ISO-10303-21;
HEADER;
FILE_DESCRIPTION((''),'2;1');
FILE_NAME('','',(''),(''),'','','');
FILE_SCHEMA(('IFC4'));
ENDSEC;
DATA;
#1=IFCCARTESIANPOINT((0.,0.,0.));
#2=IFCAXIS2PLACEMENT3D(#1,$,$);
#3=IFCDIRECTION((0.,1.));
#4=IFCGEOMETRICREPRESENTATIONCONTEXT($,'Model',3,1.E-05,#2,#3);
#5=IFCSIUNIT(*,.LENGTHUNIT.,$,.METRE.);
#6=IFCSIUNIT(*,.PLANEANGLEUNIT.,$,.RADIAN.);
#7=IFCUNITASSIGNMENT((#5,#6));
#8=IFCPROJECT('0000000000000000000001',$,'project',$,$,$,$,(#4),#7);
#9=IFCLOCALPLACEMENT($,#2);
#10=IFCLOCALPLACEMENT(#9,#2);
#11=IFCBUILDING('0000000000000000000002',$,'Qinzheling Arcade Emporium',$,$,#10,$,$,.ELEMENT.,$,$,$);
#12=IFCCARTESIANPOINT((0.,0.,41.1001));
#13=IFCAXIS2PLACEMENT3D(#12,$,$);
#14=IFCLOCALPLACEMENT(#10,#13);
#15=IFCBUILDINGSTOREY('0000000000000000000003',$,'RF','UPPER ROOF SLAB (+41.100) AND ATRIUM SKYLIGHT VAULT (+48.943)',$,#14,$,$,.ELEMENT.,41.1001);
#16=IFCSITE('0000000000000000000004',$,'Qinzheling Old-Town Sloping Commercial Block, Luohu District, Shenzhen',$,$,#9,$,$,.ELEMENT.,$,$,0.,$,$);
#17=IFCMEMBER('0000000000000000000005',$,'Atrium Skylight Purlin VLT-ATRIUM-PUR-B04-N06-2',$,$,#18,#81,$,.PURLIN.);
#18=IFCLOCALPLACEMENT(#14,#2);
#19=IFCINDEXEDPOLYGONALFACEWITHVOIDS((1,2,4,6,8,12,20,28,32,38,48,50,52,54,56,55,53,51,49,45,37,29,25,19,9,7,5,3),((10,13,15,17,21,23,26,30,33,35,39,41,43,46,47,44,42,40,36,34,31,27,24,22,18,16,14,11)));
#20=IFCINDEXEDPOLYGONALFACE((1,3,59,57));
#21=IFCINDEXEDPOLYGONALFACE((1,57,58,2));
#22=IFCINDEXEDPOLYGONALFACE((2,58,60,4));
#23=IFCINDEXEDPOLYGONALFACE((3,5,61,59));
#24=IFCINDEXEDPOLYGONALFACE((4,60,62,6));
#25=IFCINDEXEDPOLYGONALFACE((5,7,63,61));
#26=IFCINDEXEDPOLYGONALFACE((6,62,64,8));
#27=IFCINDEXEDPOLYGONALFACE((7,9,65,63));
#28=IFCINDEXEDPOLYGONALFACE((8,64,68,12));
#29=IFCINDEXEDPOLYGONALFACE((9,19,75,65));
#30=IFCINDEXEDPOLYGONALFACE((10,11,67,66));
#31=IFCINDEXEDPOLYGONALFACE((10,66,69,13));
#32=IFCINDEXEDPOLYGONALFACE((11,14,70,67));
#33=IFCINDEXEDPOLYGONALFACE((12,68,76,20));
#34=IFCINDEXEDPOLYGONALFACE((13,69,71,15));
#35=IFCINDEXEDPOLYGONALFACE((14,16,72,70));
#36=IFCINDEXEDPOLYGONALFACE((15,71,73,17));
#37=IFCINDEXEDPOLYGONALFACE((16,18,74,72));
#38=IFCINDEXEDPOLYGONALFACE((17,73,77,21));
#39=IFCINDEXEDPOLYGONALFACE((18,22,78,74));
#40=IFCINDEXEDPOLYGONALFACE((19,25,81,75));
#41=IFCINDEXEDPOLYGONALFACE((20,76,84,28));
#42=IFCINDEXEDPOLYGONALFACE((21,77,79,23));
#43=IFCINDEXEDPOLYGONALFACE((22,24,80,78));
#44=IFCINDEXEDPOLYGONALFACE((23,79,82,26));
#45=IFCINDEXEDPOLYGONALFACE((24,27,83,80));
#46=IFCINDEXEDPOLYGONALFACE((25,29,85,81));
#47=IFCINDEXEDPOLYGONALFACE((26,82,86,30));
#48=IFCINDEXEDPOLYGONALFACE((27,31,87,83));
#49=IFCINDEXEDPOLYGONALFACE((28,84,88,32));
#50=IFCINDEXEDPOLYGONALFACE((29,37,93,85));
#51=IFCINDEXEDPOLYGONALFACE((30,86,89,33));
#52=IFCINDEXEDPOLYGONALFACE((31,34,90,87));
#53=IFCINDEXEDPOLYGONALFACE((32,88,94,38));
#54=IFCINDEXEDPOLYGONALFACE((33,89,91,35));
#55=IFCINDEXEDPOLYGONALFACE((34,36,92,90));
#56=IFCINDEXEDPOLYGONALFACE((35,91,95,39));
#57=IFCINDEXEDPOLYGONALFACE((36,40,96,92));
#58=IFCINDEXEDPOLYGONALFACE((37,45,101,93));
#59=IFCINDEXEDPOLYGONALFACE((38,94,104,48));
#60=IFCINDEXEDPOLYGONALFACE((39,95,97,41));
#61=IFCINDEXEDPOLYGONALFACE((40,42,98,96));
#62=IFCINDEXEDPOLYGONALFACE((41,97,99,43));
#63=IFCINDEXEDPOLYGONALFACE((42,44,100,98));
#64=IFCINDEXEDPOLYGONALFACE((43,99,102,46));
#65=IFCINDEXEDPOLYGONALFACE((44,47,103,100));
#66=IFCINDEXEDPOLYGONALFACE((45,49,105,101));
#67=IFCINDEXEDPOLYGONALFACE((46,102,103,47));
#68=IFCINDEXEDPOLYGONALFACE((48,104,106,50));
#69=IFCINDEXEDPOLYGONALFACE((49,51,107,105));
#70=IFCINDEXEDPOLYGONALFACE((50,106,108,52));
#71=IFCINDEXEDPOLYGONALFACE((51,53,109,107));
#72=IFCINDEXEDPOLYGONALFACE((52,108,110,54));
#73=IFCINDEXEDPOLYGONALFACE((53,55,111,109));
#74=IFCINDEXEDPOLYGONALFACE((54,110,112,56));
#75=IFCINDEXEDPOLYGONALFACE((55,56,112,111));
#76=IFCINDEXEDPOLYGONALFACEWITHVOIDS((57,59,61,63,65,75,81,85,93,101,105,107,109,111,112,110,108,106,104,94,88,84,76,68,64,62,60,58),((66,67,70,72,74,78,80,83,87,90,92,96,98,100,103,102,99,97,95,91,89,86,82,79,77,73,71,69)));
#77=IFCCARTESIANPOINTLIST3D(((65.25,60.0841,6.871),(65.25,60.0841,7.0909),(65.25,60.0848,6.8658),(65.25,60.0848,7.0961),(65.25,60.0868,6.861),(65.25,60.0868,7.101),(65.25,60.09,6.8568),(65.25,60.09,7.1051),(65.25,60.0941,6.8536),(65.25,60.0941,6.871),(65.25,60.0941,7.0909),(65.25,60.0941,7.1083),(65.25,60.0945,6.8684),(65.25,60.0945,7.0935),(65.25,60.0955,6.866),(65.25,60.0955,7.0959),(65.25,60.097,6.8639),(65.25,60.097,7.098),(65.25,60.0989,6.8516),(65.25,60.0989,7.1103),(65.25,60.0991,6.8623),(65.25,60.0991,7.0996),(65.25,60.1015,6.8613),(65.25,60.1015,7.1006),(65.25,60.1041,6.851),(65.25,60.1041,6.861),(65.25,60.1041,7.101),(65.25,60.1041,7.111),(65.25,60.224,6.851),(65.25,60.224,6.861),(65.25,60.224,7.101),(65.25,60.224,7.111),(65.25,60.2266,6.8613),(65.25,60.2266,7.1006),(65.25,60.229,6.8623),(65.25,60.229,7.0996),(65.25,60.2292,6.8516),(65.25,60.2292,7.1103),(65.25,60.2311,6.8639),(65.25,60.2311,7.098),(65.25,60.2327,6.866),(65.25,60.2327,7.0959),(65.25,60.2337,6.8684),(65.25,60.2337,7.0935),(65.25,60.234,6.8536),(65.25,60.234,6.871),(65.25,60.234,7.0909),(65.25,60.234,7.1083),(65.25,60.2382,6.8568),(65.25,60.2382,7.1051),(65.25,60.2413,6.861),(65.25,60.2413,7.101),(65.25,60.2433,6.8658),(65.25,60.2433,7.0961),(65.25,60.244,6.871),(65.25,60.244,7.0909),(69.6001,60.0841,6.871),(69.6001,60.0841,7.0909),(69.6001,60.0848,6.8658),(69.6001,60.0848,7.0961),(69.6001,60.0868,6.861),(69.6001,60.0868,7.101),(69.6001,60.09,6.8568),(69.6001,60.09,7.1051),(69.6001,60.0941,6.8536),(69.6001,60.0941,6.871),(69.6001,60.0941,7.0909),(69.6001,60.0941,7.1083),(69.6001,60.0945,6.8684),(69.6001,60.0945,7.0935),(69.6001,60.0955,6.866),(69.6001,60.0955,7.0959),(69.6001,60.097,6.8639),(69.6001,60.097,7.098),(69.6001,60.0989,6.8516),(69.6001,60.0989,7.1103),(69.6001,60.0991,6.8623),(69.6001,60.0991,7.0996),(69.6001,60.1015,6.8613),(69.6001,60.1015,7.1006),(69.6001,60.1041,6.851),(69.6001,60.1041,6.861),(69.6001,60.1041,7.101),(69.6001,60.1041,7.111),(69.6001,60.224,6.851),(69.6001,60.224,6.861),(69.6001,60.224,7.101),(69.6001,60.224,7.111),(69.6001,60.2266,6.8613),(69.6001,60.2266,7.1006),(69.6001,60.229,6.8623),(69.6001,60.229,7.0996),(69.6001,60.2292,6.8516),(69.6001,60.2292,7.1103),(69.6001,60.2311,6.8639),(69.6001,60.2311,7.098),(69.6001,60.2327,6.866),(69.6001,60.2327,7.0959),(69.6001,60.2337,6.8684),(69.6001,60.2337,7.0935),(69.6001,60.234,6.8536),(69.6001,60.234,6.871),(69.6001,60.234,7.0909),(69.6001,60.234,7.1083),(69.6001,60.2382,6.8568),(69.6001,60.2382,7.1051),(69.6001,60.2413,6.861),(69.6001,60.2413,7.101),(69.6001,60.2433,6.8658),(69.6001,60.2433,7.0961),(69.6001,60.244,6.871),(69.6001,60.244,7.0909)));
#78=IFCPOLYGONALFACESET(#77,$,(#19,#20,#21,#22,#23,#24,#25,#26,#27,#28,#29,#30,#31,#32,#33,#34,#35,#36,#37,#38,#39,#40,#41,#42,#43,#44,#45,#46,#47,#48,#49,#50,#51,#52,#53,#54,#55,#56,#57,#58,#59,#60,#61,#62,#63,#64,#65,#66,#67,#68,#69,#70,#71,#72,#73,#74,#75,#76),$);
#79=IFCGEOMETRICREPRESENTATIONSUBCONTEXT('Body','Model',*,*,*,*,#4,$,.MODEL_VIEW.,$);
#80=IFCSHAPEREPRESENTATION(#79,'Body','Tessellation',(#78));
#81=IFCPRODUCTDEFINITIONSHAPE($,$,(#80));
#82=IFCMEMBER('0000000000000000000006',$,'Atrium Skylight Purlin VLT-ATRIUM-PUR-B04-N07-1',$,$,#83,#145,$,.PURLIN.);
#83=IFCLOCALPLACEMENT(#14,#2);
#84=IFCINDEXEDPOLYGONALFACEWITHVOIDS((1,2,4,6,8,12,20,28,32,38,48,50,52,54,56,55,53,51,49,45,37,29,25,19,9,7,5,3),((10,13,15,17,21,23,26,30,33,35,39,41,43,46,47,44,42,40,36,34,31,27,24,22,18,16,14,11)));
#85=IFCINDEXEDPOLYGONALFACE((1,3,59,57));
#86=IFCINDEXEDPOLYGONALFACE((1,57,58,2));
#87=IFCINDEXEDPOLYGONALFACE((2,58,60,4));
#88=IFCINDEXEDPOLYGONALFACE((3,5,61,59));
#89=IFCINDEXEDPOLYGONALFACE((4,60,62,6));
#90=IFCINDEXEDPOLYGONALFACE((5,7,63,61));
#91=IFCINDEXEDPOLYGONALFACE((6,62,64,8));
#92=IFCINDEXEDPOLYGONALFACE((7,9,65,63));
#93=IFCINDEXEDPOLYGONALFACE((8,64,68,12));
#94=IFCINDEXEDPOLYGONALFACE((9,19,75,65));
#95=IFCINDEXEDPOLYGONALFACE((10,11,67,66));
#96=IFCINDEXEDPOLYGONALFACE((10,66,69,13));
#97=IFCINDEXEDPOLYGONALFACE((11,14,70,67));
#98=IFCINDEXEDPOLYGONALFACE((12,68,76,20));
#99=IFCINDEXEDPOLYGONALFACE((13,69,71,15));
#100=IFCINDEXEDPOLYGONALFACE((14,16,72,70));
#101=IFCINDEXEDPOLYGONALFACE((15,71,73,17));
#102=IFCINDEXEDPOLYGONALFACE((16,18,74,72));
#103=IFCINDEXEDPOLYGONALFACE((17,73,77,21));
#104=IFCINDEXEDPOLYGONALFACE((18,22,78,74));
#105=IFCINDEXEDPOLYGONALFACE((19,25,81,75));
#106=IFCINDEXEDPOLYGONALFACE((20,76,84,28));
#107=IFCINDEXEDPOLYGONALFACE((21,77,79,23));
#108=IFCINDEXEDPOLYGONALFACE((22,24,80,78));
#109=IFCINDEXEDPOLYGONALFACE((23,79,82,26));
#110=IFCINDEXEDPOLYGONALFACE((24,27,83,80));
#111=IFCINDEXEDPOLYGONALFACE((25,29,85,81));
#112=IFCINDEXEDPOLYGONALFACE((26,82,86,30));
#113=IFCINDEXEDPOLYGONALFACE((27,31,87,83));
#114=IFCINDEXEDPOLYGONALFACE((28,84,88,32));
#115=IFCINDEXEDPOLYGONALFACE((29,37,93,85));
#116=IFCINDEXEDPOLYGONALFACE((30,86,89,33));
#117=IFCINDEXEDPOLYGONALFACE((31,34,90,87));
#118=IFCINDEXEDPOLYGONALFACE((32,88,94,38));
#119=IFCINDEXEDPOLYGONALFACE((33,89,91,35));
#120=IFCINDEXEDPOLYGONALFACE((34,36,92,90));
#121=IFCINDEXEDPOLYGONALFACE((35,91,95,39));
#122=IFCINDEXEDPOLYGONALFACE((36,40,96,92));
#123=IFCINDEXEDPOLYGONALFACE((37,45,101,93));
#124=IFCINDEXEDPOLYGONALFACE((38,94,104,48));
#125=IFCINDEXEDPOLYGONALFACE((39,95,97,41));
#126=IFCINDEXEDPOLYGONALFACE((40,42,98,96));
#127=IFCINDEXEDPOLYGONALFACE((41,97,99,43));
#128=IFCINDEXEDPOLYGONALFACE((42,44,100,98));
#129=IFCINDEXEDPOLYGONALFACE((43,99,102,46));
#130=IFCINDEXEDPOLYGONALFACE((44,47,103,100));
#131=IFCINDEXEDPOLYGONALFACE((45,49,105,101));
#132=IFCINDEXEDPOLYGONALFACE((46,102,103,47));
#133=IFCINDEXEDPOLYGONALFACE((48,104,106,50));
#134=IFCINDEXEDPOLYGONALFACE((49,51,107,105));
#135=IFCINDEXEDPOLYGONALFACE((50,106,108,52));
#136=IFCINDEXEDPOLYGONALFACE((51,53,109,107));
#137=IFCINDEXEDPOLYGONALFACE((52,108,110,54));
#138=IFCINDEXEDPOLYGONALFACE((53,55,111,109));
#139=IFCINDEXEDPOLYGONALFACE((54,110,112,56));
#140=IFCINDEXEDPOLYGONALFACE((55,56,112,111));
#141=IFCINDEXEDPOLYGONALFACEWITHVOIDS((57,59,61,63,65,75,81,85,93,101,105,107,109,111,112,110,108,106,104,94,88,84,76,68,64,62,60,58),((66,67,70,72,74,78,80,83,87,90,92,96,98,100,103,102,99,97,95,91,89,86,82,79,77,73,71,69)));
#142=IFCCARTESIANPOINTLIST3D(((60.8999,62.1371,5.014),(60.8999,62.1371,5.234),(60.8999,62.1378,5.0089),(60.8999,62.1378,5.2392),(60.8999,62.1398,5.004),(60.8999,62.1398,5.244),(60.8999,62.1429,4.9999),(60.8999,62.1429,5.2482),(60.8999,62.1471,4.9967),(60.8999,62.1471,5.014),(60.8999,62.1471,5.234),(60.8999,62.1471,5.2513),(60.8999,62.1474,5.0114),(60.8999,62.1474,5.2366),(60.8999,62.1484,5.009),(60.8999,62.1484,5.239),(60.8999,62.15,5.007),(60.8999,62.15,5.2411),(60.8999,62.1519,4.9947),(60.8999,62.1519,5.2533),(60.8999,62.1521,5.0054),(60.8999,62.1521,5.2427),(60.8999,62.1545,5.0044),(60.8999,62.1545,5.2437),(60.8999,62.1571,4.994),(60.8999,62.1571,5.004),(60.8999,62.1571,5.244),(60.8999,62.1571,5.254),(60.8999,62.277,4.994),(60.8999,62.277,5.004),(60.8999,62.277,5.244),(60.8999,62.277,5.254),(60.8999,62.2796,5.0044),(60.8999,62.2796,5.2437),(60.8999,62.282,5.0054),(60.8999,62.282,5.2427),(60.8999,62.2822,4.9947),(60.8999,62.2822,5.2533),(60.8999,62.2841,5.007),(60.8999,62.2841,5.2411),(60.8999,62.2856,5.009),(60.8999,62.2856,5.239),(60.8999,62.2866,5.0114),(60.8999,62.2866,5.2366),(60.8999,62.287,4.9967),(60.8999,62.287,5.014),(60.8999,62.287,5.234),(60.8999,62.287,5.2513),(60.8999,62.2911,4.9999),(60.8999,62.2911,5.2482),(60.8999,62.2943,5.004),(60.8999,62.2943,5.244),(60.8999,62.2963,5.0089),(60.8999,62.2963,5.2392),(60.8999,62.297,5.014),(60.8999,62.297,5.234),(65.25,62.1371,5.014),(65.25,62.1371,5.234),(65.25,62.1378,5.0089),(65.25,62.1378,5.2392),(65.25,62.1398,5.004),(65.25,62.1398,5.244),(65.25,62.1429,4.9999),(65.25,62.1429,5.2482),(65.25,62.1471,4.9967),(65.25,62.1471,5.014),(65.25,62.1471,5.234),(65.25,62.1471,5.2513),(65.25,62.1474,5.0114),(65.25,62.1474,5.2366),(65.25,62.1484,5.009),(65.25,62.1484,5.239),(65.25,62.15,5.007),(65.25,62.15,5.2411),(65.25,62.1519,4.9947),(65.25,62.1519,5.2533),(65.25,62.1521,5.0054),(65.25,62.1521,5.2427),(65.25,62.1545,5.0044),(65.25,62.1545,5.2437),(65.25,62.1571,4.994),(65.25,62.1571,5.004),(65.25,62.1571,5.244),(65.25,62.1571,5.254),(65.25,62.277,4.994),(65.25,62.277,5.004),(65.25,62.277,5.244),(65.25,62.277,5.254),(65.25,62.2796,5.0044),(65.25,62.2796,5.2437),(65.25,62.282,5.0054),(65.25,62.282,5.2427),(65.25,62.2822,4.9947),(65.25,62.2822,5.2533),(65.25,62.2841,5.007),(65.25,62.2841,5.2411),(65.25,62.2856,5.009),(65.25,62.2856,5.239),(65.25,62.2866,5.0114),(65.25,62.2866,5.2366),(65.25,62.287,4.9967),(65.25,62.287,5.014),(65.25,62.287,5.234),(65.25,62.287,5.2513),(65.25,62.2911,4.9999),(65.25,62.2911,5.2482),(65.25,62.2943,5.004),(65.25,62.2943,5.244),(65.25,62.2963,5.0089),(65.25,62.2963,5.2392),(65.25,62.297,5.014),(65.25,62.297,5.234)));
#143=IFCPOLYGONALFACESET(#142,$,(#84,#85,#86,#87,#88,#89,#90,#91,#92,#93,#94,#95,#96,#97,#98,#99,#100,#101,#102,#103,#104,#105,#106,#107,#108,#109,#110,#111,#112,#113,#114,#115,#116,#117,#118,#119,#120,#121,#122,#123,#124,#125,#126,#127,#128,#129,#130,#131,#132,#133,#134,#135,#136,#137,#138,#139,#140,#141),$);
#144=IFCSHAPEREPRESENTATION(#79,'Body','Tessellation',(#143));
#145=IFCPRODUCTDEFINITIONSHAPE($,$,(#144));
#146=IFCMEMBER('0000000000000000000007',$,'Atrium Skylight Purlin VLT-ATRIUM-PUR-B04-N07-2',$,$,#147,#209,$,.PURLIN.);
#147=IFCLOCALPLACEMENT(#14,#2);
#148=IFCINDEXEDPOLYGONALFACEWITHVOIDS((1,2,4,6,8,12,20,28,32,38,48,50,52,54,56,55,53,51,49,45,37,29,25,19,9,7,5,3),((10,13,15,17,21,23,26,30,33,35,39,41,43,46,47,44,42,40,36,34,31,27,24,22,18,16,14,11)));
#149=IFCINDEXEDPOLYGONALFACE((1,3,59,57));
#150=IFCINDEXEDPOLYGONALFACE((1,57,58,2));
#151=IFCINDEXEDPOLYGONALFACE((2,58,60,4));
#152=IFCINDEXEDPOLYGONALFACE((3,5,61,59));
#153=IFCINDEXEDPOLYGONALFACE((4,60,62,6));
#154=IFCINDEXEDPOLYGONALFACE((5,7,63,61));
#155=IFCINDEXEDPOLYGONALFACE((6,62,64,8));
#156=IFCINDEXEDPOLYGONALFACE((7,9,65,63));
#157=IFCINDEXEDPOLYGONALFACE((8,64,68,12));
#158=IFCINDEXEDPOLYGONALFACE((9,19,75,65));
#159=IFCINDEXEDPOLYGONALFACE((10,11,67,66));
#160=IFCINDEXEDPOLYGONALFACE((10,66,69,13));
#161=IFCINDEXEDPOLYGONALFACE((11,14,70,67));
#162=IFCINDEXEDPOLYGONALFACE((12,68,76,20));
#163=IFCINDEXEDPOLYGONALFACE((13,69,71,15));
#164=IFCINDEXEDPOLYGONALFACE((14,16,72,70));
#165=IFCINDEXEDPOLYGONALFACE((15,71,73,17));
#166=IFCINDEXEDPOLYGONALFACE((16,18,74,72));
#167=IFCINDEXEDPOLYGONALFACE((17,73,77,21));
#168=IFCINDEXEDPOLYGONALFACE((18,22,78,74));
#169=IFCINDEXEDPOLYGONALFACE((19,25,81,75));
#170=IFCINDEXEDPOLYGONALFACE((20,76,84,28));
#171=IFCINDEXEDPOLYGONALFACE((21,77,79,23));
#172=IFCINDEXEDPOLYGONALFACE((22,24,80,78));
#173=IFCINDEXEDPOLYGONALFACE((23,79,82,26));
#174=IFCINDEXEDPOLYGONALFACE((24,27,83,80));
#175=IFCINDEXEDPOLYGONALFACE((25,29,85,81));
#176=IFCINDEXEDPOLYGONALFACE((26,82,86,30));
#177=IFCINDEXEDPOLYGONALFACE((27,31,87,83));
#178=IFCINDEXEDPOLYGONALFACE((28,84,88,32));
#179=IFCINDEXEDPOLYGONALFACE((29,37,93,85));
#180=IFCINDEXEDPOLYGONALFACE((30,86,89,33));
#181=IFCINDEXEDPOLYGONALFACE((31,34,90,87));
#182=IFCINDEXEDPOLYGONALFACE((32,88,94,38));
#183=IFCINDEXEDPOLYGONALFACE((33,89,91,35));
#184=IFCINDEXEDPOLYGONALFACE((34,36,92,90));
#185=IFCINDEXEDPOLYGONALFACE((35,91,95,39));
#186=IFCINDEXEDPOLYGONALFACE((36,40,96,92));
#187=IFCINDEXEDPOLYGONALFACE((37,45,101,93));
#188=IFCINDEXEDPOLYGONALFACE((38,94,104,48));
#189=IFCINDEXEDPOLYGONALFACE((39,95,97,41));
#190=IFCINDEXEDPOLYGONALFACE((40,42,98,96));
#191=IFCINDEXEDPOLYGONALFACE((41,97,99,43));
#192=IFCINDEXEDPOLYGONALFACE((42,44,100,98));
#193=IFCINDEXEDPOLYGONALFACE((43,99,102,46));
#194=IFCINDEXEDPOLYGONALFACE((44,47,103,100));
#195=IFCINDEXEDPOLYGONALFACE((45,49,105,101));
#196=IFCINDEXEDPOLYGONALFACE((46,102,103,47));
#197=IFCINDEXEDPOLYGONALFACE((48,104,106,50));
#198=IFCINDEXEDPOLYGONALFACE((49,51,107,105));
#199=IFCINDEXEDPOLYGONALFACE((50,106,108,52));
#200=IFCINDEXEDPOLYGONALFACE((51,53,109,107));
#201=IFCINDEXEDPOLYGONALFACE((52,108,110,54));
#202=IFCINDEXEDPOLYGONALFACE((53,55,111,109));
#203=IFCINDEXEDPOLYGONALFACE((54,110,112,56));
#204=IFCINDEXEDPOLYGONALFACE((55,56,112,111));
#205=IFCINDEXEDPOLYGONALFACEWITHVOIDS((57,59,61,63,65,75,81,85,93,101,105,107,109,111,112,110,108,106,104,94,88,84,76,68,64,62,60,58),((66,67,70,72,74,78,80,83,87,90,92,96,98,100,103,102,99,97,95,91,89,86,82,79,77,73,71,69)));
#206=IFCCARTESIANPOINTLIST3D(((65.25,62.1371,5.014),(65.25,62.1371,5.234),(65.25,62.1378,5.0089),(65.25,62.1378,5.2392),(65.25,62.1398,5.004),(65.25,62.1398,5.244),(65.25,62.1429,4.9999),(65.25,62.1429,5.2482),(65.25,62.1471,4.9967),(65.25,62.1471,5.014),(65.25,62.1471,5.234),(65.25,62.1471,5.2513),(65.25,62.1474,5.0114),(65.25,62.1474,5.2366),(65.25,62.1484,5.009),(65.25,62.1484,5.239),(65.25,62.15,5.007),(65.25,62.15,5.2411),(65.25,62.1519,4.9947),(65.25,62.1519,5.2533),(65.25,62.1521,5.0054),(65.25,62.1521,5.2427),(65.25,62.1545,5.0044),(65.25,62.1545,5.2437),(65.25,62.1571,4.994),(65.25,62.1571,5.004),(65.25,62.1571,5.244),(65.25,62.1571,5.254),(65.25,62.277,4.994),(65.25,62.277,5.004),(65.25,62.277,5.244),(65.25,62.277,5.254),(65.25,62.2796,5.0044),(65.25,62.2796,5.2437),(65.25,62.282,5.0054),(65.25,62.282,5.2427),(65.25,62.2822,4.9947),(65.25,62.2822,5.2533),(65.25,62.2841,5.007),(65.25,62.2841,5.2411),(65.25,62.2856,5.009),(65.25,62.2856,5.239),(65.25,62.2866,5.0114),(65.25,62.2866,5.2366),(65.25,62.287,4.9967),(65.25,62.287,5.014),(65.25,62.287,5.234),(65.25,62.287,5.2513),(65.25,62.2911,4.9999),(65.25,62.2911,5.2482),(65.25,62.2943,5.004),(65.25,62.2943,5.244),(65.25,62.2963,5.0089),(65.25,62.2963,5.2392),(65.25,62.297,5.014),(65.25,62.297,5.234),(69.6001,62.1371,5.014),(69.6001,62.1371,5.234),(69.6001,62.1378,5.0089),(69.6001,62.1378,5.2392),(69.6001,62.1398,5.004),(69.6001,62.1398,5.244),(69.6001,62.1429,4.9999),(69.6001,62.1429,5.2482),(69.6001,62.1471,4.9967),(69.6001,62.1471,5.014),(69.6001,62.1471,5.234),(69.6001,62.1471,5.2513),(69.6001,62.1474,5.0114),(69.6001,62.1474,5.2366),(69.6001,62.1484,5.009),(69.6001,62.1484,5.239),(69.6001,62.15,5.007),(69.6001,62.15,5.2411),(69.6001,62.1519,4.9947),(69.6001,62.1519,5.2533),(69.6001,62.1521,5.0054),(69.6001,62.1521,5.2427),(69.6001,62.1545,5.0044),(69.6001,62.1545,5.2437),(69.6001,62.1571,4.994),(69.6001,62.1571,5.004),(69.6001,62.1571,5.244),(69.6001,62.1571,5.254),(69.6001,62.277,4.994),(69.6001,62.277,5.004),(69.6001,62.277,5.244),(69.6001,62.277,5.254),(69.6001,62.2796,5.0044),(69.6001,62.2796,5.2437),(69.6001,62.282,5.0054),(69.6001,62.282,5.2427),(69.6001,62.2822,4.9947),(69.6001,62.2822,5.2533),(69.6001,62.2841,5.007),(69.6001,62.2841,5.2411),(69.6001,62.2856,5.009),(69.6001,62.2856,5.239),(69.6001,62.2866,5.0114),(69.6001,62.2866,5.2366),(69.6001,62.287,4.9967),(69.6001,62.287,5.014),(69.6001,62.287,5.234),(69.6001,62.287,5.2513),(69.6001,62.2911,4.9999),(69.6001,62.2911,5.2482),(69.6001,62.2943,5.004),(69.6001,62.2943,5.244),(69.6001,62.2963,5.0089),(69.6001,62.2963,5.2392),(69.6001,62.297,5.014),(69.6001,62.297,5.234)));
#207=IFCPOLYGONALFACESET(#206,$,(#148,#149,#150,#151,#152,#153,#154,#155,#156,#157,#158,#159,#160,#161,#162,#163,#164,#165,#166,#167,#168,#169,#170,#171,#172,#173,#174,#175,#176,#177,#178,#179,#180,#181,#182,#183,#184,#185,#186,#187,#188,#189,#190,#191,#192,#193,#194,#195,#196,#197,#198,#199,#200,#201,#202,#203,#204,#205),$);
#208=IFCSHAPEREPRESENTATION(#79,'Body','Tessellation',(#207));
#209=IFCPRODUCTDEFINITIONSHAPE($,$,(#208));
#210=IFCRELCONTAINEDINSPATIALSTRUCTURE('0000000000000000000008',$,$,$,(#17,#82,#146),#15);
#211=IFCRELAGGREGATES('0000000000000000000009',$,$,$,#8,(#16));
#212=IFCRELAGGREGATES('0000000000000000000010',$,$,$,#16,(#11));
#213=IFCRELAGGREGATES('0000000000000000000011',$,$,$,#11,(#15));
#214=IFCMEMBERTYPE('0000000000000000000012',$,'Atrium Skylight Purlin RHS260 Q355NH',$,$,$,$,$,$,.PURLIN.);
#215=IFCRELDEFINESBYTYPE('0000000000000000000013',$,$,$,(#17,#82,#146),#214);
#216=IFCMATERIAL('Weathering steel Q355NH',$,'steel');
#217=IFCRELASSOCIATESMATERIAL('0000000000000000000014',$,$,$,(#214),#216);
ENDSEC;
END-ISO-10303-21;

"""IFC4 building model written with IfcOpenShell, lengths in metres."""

from ifc_helpers import new_model, si_unit, direction, frame, origin, origin_2d, place, context, subcontext, project, spatial, hollow_rectangle, extrude, material, material_profile, profile_set, type_object, element, save


model = new_model("IFC4")

# Units and contexts
model_context = context("Model", 3, precision=1e-05, world=origin(), true_north=direction((0.0, 1.0)))
body_context = subcontext(model_context, "Body", "Model", "MODEL_VIEW")
ifc_project = project(units=[si_unit("LENGTHUNIT", "METRE"), si_unit("PLANEANGLEUNIT", "RADIAN")], contexts=[model_context])

# Site, building, storey
site_placement = place(None, origin())
site = spatial("IfcSite", under=ifc_project, at=site_placement, Name="Qinzheling Old-Town Sloping Commercial Block, Luohu District, Shenzhen", CompositionType="ELEMENT", RefElevation=0.0)
building_placement = place(site_placement, origin())
building = spatial("IfcBuilding", under=site, at=building_placement, Name="Qinzheling Arcade Emporium", CompositionType="ELEMENT")
storey_placement = place(building_placement, frame((0.0, 0.0, 41.1001)))
storey = spatial("IfcBuildingStorey", under=building, at=storey_placement, Name="RF", Description="UPPER ROOF SLAB (+41.100) AND ATRIUM SKYLIGHT VAULT (+48.943)", CompositionType="ELEMENT", Elevation=41.1001)

# Shared definitions
ifc_material_1 = material(Name="Weathering steel Q355NH", Category="steel")

# Members
ifc_material_profile_1 = material_profile(ifc_material_1, hollow_rectangle(XDim=0.1599, YDim=0.26, WallThickness=0.01, InnerFilletRadius=0.01, OuterFilletRadius=0.02, at=origin_2d()), Name="RHS 260x160x10", Category="steel")
ifc_profile_set_1 = profile_set([ifc_material_profile_1], Name="Weathering steel Q355NH")
member_type_1 = type_object("IfcMemberType", Name="Atrium Skylight Purlin RHS260 Q355NH", PredefinedType="PURLIN", material=ifc_profile_set_1)
for number, where, z_axis, x_axis, name in (
    (1, (65.25, 60.1641, 6.981), (1.0, 0.0, 0.0), (0.0, 1.0, 0.0), "Atrium Skylight Purlin VLT-ATRIUM-PUR-B04-N06-2"),
    (2, (60.8999, 62.217, 5.124), (1.0, 0.0, 0.0), (0.0, 1.0, 0.0), "Atrium Skylight Purlin VLT-ATRIUM-PUR-B04-N07-1"),
    (3, (65.25, 62.217, 5.124), (1.0, 0.0, 0.0), (0.0, 1.0, 0.0), "Atrium Skylight Purlin VLT-ATRIUM-PUR-B04-N07-2"),
):
    element("IfcMember", number, at=place(storey_placement, frame(where, z_axis=z_axis, x_axis=x_axis)), inside=storey, type_object=member_type_1, Name=name, PredefinedType="PURLIN", context=body_context, shape_type="SweptSolid", body=[
        extrude(hollow_rectangle(XDim=0.1599, YDim=0.26, WallThickness=0.01, InnerFilletRadius=0.01, OuterFilletRadius=0.02, at=origin_2d()), origin(), (0.0, 0.0, 1.0), 4.3501),
    ])

save(model, "model.ifc")
